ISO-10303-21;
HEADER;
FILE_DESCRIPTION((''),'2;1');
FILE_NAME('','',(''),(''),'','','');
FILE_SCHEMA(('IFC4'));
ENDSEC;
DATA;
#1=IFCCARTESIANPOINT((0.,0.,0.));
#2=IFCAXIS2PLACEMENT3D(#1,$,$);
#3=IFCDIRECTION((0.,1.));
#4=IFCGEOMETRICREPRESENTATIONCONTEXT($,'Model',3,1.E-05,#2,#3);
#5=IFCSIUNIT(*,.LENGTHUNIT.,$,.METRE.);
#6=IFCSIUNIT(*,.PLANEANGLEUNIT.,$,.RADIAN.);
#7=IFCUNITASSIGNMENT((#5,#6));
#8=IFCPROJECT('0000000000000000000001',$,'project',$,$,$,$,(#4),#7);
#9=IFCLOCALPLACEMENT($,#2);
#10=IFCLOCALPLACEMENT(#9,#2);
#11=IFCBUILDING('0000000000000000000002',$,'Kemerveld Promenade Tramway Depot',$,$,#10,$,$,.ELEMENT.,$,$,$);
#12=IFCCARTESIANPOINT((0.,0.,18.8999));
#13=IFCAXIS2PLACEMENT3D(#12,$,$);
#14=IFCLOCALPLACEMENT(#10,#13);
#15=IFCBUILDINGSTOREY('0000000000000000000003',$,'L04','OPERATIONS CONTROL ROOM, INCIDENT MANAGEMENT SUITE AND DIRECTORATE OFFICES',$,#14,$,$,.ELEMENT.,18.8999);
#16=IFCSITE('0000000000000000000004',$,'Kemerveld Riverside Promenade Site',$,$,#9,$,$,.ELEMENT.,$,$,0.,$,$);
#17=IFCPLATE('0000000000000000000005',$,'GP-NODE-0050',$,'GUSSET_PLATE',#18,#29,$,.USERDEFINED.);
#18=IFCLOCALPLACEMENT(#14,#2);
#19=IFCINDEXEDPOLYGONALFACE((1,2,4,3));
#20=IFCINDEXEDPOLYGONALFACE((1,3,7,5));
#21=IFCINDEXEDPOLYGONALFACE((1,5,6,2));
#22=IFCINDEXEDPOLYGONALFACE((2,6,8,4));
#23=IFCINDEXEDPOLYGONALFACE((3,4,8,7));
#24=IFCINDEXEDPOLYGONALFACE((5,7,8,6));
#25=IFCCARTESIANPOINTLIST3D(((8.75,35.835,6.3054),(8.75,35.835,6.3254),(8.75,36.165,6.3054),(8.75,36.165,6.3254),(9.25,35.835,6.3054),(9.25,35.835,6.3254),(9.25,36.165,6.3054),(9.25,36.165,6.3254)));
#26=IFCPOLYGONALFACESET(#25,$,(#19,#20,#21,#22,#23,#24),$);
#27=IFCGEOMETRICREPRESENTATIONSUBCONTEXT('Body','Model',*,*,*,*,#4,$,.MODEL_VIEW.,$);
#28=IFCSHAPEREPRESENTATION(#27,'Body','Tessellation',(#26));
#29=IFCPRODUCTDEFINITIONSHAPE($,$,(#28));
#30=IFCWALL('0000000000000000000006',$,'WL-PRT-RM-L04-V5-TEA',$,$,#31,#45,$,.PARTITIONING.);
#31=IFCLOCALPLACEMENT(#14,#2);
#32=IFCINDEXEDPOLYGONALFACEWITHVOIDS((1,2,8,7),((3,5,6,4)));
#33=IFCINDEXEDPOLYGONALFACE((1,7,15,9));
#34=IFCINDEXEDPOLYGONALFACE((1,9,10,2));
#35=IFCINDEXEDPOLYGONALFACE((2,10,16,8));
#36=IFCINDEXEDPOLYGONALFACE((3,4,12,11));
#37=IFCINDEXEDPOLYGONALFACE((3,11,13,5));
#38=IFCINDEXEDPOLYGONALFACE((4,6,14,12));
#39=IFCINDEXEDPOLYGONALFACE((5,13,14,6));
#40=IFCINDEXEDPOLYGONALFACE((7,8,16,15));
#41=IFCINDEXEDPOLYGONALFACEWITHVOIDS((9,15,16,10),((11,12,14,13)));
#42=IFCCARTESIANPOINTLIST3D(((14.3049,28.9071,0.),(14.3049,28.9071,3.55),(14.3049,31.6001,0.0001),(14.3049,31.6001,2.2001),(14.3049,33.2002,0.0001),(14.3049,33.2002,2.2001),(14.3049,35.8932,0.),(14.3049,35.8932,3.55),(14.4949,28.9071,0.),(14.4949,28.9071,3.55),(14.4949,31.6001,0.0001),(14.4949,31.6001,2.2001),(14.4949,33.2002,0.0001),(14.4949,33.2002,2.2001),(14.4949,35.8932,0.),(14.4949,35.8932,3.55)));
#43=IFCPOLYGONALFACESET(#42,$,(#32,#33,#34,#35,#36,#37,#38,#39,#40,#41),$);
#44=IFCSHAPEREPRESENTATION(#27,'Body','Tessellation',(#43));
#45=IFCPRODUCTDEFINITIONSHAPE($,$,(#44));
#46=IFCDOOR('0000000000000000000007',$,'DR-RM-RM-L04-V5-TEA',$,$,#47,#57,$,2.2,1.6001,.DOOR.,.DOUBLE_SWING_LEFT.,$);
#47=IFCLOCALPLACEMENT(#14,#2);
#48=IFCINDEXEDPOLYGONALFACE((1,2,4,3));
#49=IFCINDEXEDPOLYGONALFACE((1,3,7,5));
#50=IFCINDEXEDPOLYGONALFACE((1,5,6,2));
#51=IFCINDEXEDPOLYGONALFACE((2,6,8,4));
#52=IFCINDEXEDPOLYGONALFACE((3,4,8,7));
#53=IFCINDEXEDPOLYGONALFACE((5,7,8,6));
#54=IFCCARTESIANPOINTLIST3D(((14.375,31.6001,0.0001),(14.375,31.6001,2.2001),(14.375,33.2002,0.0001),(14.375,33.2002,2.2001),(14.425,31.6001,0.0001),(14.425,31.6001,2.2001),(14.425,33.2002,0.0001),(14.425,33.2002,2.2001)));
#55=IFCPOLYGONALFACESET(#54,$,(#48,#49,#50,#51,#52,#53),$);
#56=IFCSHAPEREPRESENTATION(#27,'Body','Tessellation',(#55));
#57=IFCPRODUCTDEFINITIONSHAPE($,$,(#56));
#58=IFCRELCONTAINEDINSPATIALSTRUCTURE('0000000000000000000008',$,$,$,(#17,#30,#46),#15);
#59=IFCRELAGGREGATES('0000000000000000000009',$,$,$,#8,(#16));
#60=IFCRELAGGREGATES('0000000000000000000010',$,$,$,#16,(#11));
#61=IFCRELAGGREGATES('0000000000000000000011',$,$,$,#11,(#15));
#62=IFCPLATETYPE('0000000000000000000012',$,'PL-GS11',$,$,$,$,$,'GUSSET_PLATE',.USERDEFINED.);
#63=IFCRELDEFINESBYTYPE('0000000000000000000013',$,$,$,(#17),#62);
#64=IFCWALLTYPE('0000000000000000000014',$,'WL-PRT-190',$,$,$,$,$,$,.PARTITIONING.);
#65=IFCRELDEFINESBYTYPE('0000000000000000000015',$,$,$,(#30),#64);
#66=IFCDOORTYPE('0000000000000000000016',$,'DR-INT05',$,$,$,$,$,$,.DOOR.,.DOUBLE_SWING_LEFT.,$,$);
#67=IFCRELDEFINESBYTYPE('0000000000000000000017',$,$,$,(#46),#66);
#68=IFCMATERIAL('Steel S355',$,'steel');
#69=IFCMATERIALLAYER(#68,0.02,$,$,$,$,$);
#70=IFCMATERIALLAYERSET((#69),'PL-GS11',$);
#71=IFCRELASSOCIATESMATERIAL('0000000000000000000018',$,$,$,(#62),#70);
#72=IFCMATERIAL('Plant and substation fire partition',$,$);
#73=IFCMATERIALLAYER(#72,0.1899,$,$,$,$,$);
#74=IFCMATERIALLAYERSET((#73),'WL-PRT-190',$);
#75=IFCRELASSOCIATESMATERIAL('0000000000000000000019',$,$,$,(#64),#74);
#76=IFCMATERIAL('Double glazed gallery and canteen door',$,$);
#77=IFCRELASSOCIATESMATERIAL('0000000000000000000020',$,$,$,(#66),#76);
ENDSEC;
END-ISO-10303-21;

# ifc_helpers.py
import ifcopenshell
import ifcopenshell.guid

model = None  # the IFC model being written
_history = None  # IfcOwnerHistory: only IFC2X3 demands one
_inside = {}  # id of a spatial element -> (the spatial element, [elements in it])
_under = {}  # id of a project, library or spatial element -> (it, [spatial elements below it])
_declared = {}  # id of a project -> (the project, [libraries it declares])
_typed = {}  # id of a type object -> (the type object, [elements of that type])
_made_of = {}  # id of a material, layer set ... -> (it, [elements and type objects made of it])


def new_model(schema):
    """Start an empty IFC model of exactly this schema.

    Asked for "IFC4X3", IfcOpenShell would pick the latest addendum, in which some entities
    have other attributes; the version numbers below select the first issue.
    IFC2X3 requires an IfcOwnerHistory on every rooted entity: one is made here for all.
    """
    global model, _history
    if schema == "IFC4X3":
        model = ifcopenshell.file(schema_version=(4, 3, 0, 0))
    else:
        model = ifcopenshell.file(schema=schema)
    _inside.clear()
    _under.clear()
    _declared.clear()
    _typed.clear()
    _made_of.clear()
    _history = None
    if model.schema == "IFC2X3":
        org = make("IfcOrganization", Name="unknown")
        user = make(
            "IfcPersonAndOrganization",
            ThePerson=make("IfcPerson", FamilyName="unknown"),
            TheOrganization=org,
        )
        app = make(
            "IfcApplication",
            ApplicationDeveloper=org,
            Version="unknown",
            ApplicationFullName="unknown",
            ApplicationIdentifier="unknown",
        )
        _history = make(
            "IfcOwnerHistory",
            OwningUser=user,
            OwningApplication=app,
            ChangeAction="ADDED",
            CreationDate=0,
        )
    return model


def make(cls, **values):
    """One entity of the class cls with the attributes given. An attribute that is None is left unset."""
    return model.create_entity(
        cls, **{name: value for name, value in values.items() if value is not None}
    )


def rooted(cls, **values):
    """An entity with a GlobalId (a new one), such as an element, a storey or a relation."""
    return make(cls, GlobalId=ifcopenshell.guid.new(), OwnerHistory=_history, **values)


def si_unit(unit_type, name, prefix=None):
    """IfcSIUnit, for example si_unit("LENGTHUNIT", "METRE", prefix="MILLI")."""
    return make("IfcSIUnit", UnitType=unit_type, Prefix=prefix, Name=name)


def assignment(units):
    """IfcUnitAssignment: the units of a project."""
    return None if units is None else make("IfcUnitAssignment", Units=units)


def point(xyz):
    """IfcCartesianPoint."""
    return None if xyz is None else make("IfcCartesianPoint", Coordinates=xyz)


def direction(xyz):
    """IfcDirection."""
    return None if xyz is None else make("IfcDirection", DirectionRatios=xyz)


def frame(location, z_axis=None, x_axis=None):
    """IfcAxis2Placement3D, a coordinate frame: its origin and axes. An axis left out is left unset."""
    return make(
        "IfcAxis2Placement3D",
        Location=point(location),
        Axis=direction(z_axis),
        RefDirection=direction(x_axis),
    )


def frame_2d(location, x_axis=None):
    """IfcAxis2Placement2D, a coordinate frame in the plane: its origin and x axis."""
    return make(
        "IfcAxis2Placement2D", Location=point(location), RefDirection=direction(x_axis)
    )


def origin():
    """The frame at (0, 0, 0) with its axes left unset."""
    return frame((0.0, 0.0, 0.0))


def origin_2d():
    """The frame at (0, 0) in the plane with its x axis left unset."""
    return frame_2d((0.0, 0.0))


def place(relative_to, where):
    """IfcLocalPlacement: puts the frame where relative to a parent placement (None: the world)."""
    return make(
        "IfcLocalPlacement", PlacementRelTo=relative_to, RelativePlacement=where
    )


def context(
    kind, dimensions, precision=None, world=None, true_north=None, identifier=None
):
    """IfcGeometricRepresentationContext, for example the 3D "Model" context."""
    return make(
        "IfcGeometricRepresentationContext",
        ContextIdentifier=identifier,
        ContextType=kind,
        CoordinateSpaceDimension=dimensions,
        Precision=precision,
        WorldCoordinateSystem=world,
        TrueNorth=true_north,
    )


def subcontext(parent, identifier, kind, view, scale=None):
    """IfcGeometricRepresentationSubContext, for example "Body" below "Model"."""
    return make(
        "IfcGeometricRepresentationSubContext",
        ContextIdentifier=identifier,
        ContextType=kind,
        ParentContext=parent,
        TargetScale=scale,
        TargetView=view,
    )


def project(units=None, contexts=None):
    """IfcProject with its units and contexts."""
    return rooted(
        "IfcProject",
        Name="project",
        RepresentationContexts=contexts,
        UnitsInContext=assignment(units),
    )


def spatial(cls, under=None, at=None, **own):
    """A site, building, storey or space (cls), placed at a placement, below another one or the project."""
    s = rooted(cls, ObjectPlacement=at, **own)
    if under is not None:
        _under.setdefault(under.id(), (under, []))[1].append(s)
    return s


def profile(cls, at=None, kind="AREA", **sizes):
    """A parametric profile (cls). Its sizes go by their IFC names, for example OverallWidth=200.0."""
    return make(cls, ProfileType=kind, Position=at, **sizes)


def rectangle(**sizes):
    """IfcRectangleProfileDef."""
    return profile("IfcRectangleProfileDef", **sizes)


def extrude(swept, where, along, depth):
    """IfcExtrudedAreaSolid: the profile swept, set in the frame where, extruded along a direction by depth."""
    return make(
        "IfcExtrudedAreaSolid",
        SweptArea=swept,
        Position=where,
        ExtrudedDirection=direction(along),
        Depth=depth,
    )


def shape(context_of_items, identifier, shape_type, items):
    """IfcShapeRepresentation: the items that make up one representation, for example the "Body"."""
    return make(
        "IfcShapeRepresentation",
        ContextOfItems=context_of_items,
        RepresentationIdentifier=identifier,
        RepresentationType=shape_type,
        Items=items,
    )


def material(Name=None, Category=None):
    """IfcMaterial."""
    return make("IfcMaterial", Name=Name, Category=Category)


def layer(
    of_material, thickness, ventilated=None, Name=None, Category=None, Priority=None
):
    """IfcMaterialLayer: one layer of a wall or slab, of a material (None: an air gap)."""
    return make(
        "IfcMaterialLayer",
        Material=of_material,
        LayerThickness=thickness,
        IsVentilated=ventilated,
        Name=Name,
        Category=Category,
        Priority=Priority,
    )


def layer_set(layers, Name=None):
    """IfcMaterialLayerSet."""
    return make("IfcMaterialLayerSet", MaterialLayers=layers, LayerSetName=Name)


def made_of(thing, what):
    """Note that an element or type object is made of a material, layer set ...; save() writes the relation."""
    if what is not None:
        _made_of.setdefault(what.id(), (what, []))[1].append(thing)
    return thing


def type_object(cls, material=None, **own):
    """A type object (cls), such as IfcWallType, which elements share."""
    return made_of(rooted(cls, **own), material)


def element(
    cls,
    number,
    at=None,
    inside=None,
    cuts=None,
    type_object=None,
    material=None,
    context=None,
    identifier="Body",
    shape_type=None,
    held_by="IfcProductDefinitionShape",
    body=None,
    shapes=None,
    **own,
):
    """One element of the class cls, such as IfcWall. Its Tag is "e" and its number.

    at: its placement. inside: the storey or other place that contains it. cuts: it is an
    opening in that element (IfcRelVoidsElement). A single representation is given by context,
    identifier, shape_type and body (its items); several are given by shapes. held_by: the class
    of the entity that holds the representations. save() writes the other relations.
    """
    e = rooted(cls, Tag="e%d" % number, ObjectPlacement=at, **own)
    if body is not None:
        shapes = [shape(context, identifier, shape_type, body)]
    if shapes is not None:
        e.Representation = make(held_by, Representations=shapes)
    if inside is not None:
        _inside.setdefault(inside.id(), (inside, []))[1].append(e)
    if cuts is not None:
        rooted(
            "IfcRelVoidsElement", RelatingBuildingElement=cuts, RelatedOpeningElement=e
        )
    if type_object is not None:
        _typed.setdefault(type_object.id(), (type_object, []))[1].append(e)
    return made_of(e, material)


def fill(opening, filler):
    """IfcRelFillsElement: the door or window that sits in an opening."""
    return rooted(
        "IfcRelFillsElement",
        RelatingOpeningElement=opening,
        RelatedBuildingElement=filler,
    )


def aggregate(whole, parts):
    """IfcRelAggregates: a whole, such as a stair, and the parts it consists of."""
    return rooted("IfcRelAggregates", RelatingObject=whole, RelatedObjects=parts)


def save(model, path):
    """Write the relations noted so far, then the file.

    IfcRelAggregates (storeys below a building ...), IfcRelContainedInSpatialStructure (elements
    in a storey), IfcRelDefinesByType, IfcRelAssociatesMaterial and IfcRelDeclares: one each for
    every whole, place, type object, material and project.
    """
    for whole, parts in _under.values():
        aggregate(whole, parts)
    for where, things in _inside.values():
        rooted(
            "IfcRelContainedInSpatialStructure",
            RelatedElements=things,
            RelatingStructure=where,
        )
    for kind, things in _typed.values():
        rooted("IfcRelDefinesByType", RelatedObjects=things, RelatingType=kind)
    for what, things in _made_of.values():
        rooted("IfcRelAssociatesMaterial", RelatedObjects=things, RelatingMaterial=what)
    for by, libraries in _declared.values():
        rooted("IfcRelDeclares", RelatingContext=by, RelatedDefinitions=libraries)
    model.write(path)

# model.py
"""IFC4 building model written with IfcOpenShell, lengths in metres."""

from ifc_helpers import new_model, si_unit, direction, frame, frame_2d, origin, origin_2d, place, context, subcontext, project, spatial, rectangle, extrude, material, layer, layer_set, type_object, element, fill, save


model = new_model("IFC4")

# Units and contexts
model_context = context("Model", 3, precision=1e-05, world=origin(), true_north=direction((0.0, 1.0)))
body_context = subcontext(model_context, "Body", "Model", "MODEL_VIEW")
ifc_project = project(units=[si_unit("LENGTHUNIT", "METRE"), si_unit("PLANEANGLEUNIT", "RADIAN")], contexts=[model_context])

# Site, building, storey
site_placement = place(None, origin())
site = spatial("IfcSite", under=ifc_project, at=site_placement, Name="Kemerveld Riverside Promenade Site", CompositionType="ELEMENT", RefElevation=0.0)
building_placement = place(site_placement, origin())
building = spatial("IfcBuilding", under=site, at=building_placement, Name="Kemerveld Promenade Tramway Depot", CompositionType="ELEMENT")
storey_placement = place(building_placement, frame((0.0, 0.0, 18.8999)))
storey = spatial("IfcBuildingStorey", under=building, at=storey_placement, Name="L04", Description="OPERATIONS CONTROL ROOM, INCIDENT MANAGEMENT SUITE AND DIRECTORATE OFFICES", CompositionType="ELEMENT", Elevation=18.8999)

# Shared definitions
ifc_material_1 = material(Name="Steel S355", Category="steel")

# Plate
ifc_layer_1 = layer(ifc_material_1, 0.02)
ifc_layer_set_1 = layer_set([ifc_layer_1], Name="PL-GS11")
plate_type_1 = type_object("IfcPlateType", Name="PL-GS11", ElementType="GUSSET_PLATE", PredefinedType="USERDEFINED", material=ifc_layer_set_1)
plate_1_placement = place(storey_placement, frame((9.0, 36.0, 6.3054), z_axis=(0.0, 0.0, 1.0), x_axis=(1.0, 0.0, 0.0)))
element("IfcPlate", 1, at=plate_1_placement, inside=storey, type_object=plate_type_1, Name="GP-NODE-0050", ObjectType="GUSSET_PLATE", PredefinedType="USERDEFINED", context=body_context, shape_type="SweptSolid", body=[
    extrude(rectangle(XDim=0.5, YDim=0.3301, at=origin_2d()), origin(), (0.0, 0.0, 1.0), 0.02),
])

# Wall, opening, door
ifc_material_2 = material(Name="Plant and substation fire partition")
ifc_layer_2 = layer(ifc_material_2, 0.1899)
ifc_layer_set_2 = layer_set([ifc_layer_2], Name="WL-PRT-190")
wall_type = type_object("IfcWallType", Name="WL-PRT-190", PredefinedType="PARTITIONING", material=ifc_layer_set_2)
wall_placement = place(storey_placement, frame((14.3999, 28.907, 0.0), z_axis=(0.0, 0.0, 1.0), x_axis=(0.0, 1.0, 0.0)))
wall = element("IfcWall", 2, at=wall_placement, inside=storey, type_object=wall_type, Name="WL-PRT-RM-L04-V5-TEA", PredefinedType="PARTITIONING", context=body_context, shape_type="SweptSolid", body=[
    extrude(rectangle(XDim=6.9861, YDim=0.1899, at=frame_2d((3.4932, 0.0))), origin(), (0.0, 0.0, 1.0), 3.55),
])
opening_placement = place(wall_placement, frame((2.6931, 0.0, 0.0)))
opening = element("IfcOpeningElement", 3, at=opening_placement, cuts=wall, PredefinedType="OPENING", context=body_context, shape_type="SweptSolid", body=[
    extrude(rectangle(XDim=1.6001, YDim=2.2, at=frame_2d((0.8, 1.1001))), frame((0.0, 0.105, 0.0), z_axis=(0.0, -1.0, 0.0), x_axis=(1.0, 0.0, 0.0)), (0.0, 0.0, 1.0), 0.21),
])
ifc_material_3 = material(Name="Double glazed gallery and canteen door")
door_type = type_object("IfcDoorType", Name="DR-INT05", OperationType="DOUBLE_SWING_LEFT", PredefinedType="DOOR", material=ifc_material_3)
door_placement = place(opening_placement, origin())
door = element("IfcDoor", 4, at=door_placement, inside=storey, type_object=door_type, Name="DR-RM-RM-L04-V5-TEA", OperationType="DOUBLE_SWING_LEFT", OverallHeight=2.2, OverallWidth=1.6001, PredefinedType="DOOR", context=body_context, shape_type="SweptSolid", body=[
    extrude(rectangle(XDim=1.6001, YDim=2.2, at=frame_2d((0.8, 1.1001))), frame((0.0, 0.0249, 0.0), z_axis=(0.0, -1.0, 0.0), x_axis=(1.0, 0.0, 0.0)), (0.0, 0.0, 1.0), 0.05),
])
fill(opening, door)

save(model, "model.ifc")
